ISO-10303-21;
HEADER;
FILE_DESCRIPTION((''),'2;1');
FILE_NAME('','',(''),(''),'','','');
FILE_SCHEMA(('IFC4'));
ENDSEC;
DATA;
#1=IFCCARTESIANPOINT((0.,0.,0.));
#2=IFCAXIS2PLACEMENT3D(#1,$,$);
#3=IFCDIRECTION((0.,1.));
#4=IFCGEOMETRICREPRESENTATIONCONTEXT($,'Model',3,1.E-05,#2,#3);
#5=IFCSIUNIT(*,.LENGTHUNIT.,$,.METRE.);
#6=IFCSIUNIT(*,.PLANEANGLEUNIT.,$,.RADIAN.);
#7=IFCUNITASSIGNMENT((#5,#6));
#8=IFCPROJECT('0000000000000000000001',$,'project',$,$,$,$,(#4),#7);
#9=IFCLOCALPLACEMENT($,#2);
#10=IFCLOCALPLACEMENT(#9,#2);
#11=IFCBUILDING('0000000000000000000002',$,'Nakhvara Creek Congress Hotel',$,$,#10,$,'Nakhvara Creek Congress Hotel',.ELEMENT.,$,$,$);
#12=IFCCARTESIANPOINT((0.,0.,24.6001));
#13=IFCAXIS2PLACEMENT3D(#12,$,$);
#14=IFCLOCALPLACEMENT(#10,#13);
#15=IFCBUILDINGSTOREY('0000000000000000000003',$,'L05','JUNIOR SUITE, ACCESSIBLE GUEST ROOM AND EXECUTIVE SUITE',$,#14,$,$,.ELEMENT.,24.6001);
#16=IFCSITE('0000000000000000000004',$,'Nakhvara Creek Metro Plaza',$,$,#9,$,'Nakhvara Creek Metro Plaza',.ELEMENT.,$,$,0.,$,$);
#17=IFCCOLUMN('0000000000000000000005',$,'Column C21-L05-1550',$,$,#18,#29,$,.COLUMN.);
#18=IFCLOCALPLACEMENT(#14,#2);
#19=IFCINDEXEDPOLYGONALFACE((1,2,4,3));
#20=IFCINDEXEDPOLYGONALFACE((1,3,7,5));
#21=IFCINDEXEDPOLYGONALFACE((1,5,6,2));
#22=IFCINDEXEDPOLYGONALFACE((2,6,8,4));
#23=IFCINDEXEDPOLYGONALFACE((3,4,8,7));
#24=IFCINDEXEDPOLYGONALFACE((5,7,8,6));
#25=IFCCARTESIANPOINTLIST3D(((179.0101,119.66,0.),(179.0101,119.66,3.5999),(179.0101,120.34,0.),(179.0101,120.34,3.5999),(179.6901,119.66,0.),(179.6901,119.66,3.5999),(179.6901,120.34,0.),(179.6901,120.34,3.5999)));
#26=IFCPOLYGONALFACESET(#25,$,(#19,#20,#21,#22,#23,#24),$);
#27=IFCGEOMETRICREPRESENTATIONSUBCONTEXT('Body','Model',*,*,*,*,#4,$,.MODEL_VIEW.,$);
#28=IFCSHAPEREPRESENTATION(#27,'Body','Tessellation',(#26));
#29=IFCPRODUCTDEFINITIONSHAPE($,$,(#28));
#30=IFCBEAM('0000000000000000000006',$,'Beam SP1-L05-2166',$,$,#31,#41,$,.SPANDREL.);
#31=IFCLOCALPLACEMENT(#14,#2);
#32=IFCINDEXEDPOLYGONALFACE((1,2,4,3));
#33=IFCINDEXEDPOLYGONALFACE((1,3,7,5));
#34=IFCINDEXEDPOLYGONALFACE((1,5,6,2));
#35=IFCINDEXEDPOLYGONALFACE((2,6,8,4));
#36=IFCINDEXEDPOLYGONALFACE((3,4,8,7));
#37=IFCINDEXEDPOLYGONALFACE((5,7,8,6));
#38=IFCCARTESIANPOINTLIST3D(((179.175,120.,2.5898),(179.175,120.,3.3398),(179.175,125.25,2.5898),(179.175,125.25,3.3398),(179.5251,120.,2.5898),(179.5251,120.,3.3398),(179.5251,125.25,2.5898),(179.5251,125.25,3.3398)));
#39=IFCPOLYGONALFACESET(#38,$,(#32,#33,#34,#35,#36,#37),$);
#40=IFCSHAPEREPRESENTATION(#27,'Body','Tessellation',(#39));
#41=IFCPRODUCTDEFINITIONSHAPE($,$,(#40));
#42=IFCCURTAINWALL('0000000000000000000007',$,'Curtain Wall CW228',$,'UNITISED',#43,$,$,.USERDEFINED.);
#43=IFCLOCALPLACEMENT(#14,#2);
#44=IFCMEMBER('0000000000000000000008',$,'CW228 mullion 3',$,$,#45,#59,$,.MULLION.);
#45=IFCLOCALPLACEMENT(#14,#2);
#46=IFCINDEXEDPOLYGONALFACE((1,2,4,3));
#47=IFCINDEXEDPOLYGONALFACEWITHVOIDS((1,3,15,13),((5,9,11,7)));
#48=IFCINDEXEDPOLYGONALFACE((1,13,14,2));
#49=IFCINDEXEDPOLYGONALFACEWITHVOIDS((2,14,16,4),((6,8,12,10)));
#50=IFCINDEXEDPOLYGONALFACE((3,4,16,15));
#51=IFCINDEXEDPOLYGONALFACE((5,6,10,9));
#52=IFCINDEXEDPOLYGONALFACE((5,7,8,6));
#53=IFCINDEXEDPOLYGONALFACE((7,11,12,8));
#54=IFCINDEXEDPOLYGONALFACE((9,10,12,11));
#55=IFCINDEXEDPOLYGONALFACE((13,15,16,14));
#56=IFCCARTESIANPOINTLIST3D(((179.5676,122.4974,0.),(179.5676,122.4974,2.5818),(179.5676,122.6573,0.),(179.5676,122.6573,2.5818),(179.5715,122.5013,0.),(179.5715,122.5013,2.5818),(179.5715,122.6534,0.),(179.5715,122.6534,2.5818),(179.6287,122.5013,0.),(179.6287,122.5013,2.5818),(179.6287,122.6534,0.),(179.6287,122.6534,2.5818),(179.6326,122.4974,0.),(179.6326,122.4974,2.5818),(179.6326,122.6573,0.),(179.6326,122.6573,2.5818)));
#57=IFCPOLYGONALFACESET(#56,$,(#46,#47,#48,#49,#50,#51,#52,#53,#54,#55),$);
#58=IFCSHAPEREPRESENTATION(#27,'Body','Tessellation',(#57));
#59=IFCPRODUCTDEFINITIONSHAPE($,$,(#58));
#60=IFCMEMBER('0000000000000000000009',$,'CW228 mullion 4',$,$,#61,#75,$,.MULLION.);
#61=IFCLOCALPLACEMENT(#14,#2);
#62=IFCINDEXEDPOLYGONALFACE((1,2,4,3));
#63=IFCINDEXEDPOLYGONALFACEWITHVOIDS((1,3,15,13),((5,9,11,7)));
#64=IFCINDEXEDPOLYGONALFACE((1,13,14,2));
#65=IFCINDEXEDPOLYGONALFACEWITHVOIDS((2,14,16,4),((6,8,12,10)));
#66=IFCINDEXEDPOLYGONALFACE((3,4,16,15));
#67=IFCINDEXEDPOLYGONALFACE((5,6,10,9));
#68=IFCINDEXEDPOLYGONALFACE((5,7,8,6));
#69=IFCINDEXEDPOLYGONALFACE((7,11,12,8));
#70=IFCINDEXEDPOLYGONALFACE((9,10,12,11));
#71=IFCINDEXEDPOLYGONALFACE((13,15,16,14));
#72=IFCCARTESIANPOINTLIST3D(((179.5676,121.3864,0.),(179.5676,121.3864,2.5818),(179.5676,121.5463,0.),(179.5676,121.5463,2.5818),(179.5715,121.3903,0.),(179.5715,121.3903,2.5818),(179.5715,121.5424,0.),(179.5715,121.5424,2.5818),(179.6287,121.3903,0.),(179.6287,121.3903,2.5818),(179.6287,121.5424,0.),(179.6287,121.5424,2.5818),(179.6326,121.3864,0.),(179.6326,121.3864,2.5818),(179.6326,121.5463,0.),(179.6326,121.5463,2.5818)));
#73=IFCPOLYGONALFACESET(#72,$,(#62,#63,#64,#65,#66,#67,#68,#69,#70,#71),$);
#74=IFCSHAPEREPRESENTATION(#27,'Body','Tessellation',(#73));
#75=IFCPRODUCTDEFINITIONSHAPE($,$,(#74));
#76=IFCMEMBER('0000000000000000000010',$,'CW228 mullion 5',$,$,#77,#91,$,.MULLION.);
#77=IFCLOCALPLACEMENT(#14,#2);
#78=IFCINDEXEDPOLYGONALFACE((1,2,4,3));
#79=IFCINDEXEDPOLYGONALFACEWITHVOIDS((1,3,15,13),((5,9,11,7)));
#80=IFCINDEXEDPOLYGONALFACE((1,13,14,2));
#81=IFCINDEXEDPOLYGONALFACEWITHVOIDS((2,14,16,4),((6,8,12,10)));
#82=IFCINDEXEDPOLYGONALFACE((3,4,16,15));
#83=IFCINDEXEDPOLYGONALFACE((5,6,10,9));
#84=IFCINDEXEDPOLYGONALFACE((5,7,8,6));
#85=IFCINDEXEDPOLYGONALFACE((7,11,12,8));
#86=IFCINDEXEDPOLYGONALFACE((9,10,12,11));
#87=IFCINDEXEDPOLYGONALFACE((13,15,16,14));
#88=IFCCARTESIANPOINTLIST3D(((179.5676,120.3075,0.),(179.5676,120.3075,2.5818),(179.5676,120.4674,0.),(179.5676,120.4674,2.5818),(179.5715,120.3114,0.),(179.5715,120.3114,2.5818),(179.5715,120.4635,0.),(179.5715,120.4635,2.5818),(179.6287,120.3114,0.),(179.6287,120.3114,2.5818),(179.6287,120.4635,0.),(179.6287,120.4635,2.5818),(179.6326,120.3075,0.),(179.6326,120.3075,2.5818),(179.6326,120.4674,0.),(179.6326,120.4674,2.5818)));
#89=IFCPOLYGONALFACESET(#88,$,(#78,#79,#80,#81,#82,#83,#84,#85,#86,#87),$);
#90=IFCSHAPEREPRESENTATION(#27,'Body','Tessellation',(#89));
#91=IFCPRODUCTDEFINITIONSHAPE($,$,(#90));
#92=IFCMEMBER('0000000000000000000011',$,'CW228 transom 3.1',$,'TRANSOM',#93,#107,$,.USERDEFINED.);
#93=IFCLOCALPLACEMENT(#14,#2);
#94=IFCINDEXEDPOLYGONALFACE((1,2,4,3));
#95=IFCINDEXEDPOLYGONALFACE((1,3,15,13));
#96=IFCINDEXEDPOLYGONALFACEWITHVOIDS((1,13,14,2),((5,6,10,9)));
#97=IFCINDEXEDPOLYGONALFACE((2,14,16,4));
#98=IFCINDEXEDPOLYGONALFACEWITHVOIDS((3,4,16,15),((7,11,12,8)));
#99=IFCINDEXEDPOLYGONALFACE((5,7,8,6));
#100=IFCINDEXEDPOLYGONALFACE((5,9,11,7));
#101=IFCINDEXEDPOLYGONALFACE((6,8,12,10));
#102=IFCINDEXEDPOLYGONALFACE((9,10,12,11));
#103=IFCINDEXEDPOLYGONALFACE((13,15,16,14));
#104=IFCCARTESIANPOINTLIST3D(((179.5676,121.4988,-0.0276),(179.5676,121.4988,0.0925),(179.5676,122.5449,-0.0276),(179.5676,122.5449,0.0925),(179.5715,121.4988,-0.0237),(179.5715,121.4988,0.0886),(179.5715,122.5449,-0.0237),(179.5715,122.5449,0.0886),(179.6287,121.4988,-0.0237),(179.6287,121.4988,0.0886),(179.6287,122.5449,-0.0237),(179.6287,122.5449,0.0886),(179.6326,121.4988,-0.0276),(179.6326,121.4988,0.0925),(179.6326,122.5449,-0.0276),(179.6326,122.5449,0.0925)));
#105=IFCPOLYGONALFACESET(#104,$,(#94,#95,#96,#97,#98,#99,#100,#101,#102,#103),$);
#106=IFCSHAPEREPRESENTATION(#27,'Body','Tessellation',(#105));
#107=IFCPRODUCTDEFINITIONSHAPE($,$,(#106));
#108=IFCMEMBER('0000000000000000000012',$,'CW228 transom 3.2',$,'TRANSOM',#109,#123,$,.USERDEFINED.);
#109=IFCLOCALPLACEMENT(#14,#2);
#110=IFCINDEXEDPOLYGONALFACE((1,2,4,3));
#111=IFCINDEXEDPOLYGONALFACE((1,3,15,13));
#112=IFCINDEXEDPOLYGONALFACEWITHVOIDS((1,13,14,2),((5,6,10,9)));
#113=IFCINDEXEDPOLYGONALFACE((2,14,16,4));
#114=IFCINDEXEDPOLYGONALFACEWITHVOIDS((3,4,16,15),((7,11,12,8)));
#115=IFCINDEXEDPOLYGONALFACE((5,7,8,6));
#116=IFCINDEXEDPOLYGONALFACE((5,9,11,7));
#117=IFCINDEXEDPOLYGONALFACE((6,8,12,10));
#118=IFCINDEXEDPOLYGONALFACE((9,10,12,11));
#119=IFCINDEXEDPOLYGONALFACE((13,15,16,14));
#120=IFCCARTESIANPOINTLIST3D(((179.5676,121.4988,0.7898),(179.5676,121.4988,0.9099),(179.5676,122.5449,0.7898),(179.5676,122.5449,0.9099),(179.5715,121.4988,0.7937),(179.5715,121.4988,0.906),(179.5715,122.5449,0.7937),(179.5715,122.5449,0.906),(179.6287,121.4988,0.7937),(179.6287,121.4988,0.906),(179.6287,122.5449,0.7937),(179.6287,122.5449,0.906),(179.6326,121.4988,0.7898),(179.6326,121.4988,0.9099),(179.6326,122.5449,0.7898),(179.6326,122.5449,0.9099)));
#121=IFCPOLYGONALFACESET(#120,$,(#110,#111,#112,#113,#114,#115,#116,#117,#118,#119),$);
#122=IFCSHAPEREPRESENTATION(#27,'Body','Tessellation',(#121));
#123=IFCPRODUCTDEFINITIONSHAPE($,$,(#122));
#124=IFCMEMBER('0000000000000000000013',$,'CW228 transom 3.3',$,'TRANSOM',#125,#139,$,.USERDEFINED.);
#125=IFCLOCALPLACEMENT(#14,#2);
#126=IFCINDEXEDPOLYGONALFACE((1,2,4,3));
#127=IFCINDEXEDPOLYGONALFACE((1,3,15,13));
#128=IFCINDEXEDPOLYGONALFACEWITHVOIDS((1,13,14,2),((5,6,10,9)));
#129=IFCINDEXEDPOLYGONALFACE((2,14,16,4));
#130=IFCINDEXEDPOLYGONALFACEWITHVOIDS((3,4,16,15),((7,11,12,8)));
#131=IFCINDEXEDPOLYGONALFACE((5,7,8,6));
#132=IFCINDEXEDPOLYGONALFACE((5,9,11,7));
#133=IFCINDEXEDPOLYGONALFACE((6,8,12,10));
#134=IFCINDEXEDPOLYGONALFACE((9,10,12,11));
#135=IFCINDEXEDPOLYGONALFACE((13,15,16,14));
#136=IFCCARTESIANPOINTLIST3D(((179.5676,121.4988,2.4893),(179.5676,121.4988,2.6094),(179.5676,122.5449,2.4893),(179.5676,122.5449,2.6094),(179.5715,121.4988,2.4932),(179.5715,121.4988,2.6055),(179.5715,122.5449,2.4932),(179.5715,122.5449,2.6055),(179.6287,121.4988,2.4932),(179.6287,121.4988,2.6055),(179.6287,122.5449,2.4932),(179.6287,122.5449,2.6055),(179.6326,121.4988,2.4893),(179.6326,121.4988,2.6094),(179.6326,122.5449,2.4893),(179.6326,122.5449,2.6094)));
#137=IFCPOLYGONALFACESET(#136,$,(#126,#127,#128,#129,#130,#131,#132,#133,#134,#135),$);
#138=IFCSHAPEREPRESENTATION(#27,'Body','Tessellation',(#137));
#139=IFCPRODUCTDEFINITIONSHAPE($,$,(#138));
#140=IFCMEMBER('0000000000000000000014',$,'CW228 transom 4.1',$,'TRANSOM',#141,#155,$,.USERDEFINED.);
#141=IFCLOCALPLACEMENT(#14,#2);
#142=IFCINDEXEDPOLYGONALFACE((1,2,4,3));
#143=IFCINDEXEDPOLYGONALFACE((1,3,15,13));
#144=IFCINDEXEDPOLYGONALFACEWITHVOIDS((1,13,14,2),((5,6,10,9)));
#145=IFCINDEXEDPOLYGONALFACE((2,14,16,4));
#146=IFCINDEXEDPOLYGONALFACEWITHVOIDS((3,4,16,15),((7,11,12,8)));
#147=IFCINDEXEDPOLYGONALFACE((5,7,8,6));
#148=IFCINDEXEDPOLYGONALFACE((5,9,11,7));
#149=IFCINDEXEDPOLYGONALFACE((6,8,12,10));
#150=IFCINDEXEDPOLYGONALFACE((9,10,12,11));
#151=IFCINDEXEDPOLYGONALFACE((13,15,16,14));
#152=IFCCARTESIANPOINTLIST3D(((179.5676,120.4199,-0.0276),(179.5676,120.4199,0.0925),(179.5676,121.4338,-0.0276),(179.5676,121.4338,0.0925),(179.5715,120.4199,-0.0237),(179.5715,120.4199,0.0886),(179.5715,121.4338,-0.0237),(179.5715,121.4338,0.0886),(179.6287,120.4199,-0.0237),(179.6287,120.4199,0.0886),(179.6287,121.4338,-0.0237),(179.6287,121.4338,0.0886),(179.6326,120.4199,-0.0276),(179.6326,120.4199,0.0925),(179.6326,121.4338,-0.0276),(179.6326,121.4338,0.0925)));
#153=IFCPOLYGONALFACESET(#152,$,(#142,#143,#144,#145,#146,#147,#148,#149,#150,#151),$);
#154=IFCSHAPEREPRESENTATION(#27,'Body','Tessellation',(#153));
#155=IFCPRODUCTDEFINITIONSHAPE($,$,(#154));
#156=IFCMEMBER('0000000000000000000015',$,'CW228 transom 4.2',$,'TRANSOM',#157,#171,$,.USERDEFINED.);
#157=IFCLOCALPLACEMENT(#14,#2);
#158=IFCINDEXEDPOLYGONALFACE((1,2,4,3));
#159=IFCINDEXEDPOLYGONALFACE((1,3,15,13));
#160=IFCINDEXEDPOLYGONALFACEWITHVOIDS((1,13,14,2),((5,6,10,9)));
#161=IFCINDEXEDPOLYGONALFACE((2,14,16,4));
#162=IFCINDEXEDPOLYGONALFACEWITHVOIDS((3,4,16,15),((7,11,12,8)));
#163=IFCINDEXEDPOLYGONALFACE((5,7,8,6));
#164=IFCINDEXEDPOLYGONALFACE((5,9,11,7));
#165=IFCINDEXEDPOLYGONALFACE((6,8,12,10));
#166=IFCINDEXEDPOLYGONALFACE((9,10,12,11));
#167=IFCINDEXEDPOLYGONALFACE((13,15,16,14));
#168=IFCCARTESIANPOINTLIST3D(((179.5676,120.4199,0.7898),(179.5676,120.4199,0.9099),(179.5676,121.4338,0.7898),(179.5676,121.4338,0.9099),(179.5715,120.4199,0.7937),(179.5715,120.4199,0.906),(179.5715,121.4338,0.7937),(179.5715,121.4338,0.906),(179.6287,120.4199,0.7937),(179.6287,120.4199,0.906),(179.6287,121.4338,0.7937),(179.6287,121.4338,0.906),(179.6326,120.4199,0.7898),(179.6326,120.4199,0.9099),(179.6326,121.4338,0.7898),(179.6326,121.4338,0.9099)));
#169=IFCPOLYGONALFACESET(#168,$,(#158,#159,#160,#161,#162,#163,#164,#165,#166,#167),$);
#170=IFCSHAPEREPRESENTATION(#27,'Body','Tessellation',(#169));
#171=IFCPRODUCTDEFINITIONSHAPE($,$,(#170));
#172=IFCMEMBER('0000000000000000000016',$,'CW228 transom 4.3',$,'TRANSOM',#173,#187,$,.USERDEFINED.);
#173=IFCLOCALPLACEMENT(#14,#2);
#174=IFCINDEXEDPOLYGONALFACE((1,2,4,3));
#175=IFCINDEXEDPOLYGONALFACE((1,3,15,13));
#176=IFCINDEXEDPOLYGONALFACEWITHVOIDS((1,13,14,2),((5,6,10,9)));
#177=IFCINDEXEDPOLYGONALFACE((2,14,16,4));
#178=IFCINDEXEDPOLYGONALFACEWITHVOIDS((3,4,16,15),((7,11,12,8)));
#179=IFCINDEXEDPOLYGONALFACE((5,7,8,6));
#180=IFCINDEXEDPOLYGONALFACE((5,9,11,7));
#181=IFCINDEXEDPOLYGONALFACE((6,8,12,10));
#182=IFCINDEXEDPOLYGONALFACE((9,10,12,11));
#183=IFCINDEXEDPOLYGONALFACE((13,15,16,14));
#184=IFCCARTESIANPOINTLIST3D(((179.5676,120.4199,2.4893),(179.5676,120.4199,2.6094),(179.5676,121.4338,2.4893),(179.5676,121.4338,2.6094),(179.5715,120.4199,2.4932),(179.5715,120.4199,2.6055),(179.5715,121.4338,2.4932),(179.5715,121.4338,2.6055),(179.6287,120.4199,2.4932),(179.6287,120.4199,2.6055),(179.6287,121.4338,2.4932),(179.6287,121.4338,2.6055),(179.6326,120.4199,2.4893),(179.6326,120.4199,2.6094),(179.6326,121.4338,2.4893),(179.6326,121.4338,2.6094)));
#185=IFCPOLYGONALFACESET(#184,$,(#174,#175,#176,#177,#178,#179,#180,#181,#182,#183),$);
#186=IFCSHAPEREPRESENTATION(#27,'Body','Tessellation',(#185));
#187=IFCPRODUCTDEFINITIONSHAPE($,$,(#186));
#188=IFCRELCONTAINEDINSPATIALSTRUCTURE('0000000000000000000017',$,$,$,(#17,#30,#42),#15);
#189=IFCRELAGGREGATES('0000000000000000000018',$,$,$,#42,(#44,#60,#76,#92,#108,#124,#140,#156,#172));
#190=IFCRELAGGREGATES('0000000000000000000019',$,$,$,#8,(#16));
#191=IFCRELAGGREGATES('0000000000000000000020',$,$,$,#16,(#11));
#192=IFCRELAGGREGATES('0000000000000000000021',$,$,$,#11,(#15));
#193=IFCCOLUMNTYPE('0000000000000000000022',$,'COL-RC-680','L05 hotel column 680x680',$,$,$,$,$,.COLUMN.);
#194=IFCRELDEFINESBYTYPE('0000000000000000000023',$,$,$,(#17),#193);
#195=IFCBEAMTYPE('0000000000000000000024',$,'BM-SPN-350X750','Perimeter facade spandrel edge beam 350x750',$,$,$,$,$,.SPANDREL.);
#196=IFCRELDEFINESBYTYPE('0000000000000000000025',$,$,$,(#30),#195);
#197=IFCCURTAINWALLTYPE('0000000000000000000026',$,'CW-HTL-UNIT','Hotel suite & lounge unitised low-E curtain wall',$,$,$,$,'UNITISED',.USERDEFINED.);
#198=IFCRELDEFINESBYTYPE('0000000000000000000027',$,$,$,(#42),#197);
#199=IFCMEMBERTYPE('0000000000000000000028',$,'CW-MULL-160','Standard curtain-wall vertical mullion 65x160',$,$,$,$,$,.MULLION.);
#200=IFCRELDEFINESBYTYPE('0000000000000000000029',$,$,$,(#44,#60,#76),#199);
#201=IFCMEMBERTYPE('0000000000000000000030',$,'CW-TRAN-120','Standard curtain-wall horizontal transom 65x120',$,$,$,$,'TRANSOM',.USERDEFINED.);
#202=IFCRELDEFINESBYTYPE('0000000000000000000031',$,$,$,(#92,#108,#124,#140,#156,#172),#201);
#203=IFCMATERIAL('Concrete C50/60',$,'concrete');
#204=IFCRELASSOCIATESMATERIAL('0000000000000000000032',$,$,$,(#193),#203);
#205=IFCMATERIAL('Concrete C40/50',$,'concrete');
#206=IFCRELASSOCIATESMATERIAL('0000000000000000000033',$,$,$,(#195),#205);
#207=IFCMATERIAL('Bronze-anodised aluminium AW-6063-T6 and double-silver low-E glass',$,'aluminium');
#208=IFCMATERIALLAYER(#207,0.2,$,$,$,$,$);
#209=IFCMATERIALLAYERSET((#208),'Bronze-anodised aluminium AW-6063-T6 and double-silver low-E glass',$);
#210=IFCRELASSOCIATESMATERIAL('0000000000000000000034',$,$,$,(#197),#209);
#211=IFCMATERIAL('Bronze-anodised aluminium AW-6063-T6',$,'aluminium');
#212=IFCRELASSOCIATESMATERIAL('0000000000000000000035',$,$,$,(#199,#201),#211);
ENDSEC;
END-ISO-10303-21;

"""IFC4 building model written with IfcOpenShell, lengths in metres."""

from ifc_helpers import new_model, si_unit, direction, frame, origin, origin_2d, place, context, subcontext, project, spatial, rectangle, hollow_rectangle, extrude, material, layer, layer_set, material_profile, profile_set, type_object, element, aggregate, save


model = new_model("IFC4")

# Units and contexts
model_context = context("Model", 3, precision=1e-05, world=origin(), true_north=direction((0.0, 1.0)))
body_context = subcontext(model_context, "Body", "Model", "MODEL_VIEW")
ifc_project = project(units=[si_unit("LENGTHUNIT", "METRE"), si_unit("PLANEANGLEUNIT", "RADIAN")], contexts=[model_context])

# Site, building, storey
site_placement = place(None, origin())
site = spatial("IfcSite", under=ifc_project, at=site_placement, Name="Nakhvara Creek Metro Plaza", LongName="Nakhvara Creek Metro Plaza", CompositionType="ELEMENT", RefElevation=0.0)
building_placement = place(site_placement, origin())
building = spatial("IfcBuilding", under=site, at=building_placement, Name="Nakhvara Creek Congress Hotel", LongName="Nakhvara Creek Congress Hotel", CompositionType="ELEMENT")
storey_placement = place(building_placement, frame((0.0, 0.0, 24.6001)))
storey = spatial("IfcBuildingStorey", under=building, at=storey_placement, Name="L05", Description="JUNIOR SUITE, ACCESSIBLE GUEST ROOM AND EXECUTIVE SUITE", CompositionType="ELEMENT", Elevation=24.6001)

# Column
ifc_material_1 = material(Name="Concrete C50/60", Category="concrete")
ifc_material_profile_1 = material_profile(ifc_material_1, rectangle(XDim=0.6799, YDim=0.6799, at=origin_2d()), Name="RC-COL 680x680", Category="LoadBearing")
ifc_profile_set_1 = profile_set([ifc_material_profile_1], Name="Concrete C50/60")
column_type = type_object("IfcColumnType", Name="COL-RC-680", Description="L05 hotel column 680x680", PredefinedType="COLUMN", material=ifc_profile_set_1)
column_placement = place(storey_placement, frame((179.3501, 120.0, 0.0), z_axis=(0.0, 0.0, 1.0), x_axis=(1.0, 0.0, 0.0)))
element("IfcColumn", 1, at=column_placement, inside=storey, type_object=column_type, Name="Column C21-L05-1550", PredefinedType="COLUMN", context=body_context, shape_type="SweptSolid", body=[
    extrude(rectangle(XDim=0.6799, YDim=0.6799, at=origin_2d()), origin(), (0.0, 0.0, 1.0), 3.5999),
])

# Beam
ifc_material_2 = material(Name="Concrete C40/50", Category="concrete")
ifc_material_profile_2 = material_profile(ifc_material_2, rectangle(XDim=0.3501, YDim=0.75, at=origin_2d()), Name="RC-SPANDREL 350x750", Category="LoadBearing")
ifc_profile_set_2 = profile_set([ifc_material_profile_2], Name="Concrete C40/50")
beam_type = type_object("IfcBeamType", Name="BM-SPN-350X750", Description="Perimeter facade spandrel edge beam 350x750", PredefinedType="SPANDREL", material=ifc_profile_set_2)
beam_placement = place(storey_placement, frame((179.3501, 120.0, 2.9648), z_axis=(0.0, 1.0, 0.0), x_axis=(-1.0, 0.0, 0.0)))
element("IfcBeam", 2, at=beam_placement, inside=storey, type_object=beam_type, Name="Beam SP1-L05-2166", PredefinedType="SPANDREL", context=body_context, shape_type="SweptSolid", body=[
    extrude(rectangle(XDim=0.3501, YDim=0.75, at=origin_2d()), origin(), (0.0, 0.0, 1.0), 5.25),
])

# Curtain wall, members
ifc_material_3 = material(Name="Bronze-anodised aluminium AW-6063-T6 and double-silver low-E glass", Category="aluminium")
ifc_layer_1 = layer(ifc_material_3, 0.2)
ifc_layer_set_1 = layer_set([ifc_layer_1], Name="Bronze-anodised aluminium AW-6063-T6 and double-silver low-E glass")
curtain_wall_type = type_object("IfcCurtainWallType", Name="CW-HTL-UNIT", Description="Hotel suite & lounge unitised low-E curtain wall", ElementType="UNITISED", PredefinedType="USERDEFINED", material=ifc_layer_set_1)
curtain_wall_placement = place(storey_placement, origin())
curtain_wall = element("IfcCurtainWall", 3, at=curtain_wall_placement, inside=storey, type_object=curtain_wall_type, Name="Curtain Wall CW228", ObjectType="UNITISED", PredefinedType="USERDEFINED")
ifc_material_4 = material(Name="Bronze-anodised aluminium AW-6063-T6", Category="aluminium")
ifc_material_profile_3 = material_profile(ifc_material_4, hollow_rectangle(XDim=0.0649, YDim=0.1599, WallThickness=0.0039, at=origin_2d()), Name="ALU-MULL 65x160x4", Category="LoadBearing")
ifc_profile_set_3 = profile_set([ifc_material_profile_3], Name="Bronze-anodised aluminium AW-6063-T6")
member_type_1 = type_object("IfcMemberType", Name="CW-MULL-160", Description="Standard curtain-wall vertical mullion 65x160", PredefinedType="MULLION", material=ifc_profile_set_3)
member_1_placement = place(storey_placement, frame((179.6001, 122.5774, 0.0), z_axis=(0.0, 0.0, 1.0), x_axis=(1.0, 0.0, 0.0)))
member_1 = element("IfcMember", 4, at=member_1_placement, type_object=member_type_1, Name="CW228 mullion 3", PredefinedType="MULLION", context=body_context, shape_type="SweptSolid", body=[
    extrude(hollow_rectangle(XDim=0.0649, YDim=0.1599, WallThickness=0.0039, at=origin_2d()), origin(), (0.0, 0.0, 1.0), 2.5818),
])
member_2_placement = place(storey_placement, frame((179.6001, 121.4663, 0.0), z_axis=(0.0, 0.0, 1.0), x_axis=(1.0, 0.0, 0.0)))
member_2 = element("IfcMember", 5, at=member_2_placement, type_object=member_type_1, Name="CW228 mullion 4", PredefinedType="MULLION", context=body_context, shape_type="SweptSolid", body=[
    extrude(hollow_rectangle(XDim=0.0649, YDim=0.1599, WallThickness=0.0039, at=origin_2d()), origin(), (0.0, 0.0, 1.0), 2.5818),
])
member_3_placement = place(storey_placement, frame((179.6001, 120.3875, 0.0), z_axis=(0.0, 0.0, 1.0), x_axis=(1.0, 0.0, 0.0)))
member_3 = element("IfcMember", 6, at=member_3_placement, type_object=member_type_1, Name="CW228 mullion 5", PredefinedType="MULLION", context=body_context, shape_type="SweptSolid", body=[
    extrude(hollow_rectangle(XDim=0.0649, YDim=0.1599, WallThickness=0.0039, at=origin_2d()), origin(), (0.0, 0.0, 1.0), 2.5818),
])
ifc_material_profile_4 = material_profile(ifc_material_4, hollow_rectangle(XDim=0.0649, YDim=0.1201, WallThickness=0.0039, at=origin_2d()), Name="ALU-TRAN 65x120x4", Category="LoadBearing")
ifc_profile_set_4 = profile_set([ifc_material_profile_4], Name="Bronze-anodised aluminium AW-6063-T6")
member_type_2 = type_object("IfcMemberType", Name="CW-TRAN-120", Description="Standard curtain-wall horizontal transom 65x120", ElementType="TRANSOM", PredefinedType="USERDEFINED", material=ifc_profile_set_4)
member_4_placement = place(storey_placement, frame((179.6001, 122.5449, 0.0325), z_axis=(0.0, -1.0, 0.0), x_axis=(1.0, 0.0, 0.0)))
member_4 = element("IfcMember", 7, at=member_4_placement, type_object=member_type_2, Name="CW228 transom 3.1", ObjectType="TRANSOM", PredefinedType="USERDEFINED", context=body_context, shape_type="SweptSolid", body=[
    extrude(hollow_rectangle(XDim=0.0649, YDim=0.1201, WallThickness=0.0039, at=origin_2d()), origin(), (0.0, 0.0, 1.0), 1.0461),
])
member_5_placement = place(storey_placement, frame((179.6001, 122.5449, 0.8499), z_axis=(0.0, -1.0, 0.0), x_axis=(1.0, 0.0, 0.0)))
member_5 = element("IfcMember", 8, at=member_5_placement, type_object=member_type_2, Name="CW228 transom 3.2", ObjectType="TRANSOM", PredefinedType="USERDEFINED", context=body_context, shape_type="SweptSolid", body=[
    extrude(hollow_rectangle(XDim=0.0649, YDim=0.1201, WallThickness=0.0039, at=origin_2d()), origin(), (0.0, 0.0, 1.0), 1.0461),
])
member_6_placement = place(storey_placement, frame((179.6001, 122.5449, 2.5493), z_axis=(0.0, -1.0, 0.0), x_axis=(1.0, 0.0, 0.0)))
member_6 = element("IfcMember", 9, at=member_6_placement, type_object=member_type_2, Name="CW228 transom 3.3", ObjectType="TRANSOM", PredefinedType="USERDEFINED", context=body_context, shape_type="SweptSolid", body=[
    extrude(hollow_rectangle(XDim=0.0649, YDim=0.1201, WallThickness=0.0039, at=origin_2d()), origin(), (0.0, 0.0, 1.0), 1.0461),
])
member_7_placement = place(storey_placement, frame((179.6001, 121.4338, 0.0325), z_axis=(0.0, -1.0, 0.0), x_axis=(1.0, 0.0, 0.0)))
member_7 = element("IfcMember", 10, at=member_7_placement, type_object=member_type_2, Name="CW228 transom 4.1", ObjectType="TRANSOM", PredefinedType="USERDEFINED", context=body_context, shape_type="SweptSolid", body=[
    extrude(hollow_rectangle(XDim=0.0649, YDim=0.1201, WallThickness=0.0039, at=origin_2d()), origin(), (0.0, 0.0, 1.0), 1.0139),
])
member_8_placement = place(storey_placement, frame((179.6001, 121.4338, 0.8499), z_axis=(0.0, -1.0, 0.0), x_axis=(1.0, 0.0, 0.0)))
member_8 = element("IfcMember", 11, at=member_8_placement, type_object=member_type_2, Name="CW228 transom 4.2", ObjectType="TRANSOM", PredefinedType="USERDEFINED", context=body_context, shape_type="SweptSolid", body=[
    extrude(hollow_rectangle(XDim=0.0649, YDim=0.1201, WallThickness=0.0039, at=origin_2d()), origin(), (0.0, 0.0, 1.0), 1.0139),
])
member_9_placement = place(storey_placement, frame((179.6001, 121.4338, 2.5493), z_axis=(0.0, -1.0, 0.0), x_axis=(1.0, 0.0, 0.0)))
member_9 = element("IfcMember", 12, at=member_9_placement, type_object=member_type_2, Name="CW228 transom 4.3", ObjectType="TRANSOM", PredefinedType="USERDEFINED", context=body_context, shape_type="SweptSolid", body=[
    extrude(hollow_rectangle(XDim=0.0649, YDim=0.1201, WallThickness=0.0039, at=origin_2d()), origin(), (0.0, 0.0, 1.0), 1.0139),
])
aggregate(curtain_wall, [member_1, member_2, member_3, member_4, member_5, member_6, member_7, member_8, member_9])

save(model, "model.ifc")
